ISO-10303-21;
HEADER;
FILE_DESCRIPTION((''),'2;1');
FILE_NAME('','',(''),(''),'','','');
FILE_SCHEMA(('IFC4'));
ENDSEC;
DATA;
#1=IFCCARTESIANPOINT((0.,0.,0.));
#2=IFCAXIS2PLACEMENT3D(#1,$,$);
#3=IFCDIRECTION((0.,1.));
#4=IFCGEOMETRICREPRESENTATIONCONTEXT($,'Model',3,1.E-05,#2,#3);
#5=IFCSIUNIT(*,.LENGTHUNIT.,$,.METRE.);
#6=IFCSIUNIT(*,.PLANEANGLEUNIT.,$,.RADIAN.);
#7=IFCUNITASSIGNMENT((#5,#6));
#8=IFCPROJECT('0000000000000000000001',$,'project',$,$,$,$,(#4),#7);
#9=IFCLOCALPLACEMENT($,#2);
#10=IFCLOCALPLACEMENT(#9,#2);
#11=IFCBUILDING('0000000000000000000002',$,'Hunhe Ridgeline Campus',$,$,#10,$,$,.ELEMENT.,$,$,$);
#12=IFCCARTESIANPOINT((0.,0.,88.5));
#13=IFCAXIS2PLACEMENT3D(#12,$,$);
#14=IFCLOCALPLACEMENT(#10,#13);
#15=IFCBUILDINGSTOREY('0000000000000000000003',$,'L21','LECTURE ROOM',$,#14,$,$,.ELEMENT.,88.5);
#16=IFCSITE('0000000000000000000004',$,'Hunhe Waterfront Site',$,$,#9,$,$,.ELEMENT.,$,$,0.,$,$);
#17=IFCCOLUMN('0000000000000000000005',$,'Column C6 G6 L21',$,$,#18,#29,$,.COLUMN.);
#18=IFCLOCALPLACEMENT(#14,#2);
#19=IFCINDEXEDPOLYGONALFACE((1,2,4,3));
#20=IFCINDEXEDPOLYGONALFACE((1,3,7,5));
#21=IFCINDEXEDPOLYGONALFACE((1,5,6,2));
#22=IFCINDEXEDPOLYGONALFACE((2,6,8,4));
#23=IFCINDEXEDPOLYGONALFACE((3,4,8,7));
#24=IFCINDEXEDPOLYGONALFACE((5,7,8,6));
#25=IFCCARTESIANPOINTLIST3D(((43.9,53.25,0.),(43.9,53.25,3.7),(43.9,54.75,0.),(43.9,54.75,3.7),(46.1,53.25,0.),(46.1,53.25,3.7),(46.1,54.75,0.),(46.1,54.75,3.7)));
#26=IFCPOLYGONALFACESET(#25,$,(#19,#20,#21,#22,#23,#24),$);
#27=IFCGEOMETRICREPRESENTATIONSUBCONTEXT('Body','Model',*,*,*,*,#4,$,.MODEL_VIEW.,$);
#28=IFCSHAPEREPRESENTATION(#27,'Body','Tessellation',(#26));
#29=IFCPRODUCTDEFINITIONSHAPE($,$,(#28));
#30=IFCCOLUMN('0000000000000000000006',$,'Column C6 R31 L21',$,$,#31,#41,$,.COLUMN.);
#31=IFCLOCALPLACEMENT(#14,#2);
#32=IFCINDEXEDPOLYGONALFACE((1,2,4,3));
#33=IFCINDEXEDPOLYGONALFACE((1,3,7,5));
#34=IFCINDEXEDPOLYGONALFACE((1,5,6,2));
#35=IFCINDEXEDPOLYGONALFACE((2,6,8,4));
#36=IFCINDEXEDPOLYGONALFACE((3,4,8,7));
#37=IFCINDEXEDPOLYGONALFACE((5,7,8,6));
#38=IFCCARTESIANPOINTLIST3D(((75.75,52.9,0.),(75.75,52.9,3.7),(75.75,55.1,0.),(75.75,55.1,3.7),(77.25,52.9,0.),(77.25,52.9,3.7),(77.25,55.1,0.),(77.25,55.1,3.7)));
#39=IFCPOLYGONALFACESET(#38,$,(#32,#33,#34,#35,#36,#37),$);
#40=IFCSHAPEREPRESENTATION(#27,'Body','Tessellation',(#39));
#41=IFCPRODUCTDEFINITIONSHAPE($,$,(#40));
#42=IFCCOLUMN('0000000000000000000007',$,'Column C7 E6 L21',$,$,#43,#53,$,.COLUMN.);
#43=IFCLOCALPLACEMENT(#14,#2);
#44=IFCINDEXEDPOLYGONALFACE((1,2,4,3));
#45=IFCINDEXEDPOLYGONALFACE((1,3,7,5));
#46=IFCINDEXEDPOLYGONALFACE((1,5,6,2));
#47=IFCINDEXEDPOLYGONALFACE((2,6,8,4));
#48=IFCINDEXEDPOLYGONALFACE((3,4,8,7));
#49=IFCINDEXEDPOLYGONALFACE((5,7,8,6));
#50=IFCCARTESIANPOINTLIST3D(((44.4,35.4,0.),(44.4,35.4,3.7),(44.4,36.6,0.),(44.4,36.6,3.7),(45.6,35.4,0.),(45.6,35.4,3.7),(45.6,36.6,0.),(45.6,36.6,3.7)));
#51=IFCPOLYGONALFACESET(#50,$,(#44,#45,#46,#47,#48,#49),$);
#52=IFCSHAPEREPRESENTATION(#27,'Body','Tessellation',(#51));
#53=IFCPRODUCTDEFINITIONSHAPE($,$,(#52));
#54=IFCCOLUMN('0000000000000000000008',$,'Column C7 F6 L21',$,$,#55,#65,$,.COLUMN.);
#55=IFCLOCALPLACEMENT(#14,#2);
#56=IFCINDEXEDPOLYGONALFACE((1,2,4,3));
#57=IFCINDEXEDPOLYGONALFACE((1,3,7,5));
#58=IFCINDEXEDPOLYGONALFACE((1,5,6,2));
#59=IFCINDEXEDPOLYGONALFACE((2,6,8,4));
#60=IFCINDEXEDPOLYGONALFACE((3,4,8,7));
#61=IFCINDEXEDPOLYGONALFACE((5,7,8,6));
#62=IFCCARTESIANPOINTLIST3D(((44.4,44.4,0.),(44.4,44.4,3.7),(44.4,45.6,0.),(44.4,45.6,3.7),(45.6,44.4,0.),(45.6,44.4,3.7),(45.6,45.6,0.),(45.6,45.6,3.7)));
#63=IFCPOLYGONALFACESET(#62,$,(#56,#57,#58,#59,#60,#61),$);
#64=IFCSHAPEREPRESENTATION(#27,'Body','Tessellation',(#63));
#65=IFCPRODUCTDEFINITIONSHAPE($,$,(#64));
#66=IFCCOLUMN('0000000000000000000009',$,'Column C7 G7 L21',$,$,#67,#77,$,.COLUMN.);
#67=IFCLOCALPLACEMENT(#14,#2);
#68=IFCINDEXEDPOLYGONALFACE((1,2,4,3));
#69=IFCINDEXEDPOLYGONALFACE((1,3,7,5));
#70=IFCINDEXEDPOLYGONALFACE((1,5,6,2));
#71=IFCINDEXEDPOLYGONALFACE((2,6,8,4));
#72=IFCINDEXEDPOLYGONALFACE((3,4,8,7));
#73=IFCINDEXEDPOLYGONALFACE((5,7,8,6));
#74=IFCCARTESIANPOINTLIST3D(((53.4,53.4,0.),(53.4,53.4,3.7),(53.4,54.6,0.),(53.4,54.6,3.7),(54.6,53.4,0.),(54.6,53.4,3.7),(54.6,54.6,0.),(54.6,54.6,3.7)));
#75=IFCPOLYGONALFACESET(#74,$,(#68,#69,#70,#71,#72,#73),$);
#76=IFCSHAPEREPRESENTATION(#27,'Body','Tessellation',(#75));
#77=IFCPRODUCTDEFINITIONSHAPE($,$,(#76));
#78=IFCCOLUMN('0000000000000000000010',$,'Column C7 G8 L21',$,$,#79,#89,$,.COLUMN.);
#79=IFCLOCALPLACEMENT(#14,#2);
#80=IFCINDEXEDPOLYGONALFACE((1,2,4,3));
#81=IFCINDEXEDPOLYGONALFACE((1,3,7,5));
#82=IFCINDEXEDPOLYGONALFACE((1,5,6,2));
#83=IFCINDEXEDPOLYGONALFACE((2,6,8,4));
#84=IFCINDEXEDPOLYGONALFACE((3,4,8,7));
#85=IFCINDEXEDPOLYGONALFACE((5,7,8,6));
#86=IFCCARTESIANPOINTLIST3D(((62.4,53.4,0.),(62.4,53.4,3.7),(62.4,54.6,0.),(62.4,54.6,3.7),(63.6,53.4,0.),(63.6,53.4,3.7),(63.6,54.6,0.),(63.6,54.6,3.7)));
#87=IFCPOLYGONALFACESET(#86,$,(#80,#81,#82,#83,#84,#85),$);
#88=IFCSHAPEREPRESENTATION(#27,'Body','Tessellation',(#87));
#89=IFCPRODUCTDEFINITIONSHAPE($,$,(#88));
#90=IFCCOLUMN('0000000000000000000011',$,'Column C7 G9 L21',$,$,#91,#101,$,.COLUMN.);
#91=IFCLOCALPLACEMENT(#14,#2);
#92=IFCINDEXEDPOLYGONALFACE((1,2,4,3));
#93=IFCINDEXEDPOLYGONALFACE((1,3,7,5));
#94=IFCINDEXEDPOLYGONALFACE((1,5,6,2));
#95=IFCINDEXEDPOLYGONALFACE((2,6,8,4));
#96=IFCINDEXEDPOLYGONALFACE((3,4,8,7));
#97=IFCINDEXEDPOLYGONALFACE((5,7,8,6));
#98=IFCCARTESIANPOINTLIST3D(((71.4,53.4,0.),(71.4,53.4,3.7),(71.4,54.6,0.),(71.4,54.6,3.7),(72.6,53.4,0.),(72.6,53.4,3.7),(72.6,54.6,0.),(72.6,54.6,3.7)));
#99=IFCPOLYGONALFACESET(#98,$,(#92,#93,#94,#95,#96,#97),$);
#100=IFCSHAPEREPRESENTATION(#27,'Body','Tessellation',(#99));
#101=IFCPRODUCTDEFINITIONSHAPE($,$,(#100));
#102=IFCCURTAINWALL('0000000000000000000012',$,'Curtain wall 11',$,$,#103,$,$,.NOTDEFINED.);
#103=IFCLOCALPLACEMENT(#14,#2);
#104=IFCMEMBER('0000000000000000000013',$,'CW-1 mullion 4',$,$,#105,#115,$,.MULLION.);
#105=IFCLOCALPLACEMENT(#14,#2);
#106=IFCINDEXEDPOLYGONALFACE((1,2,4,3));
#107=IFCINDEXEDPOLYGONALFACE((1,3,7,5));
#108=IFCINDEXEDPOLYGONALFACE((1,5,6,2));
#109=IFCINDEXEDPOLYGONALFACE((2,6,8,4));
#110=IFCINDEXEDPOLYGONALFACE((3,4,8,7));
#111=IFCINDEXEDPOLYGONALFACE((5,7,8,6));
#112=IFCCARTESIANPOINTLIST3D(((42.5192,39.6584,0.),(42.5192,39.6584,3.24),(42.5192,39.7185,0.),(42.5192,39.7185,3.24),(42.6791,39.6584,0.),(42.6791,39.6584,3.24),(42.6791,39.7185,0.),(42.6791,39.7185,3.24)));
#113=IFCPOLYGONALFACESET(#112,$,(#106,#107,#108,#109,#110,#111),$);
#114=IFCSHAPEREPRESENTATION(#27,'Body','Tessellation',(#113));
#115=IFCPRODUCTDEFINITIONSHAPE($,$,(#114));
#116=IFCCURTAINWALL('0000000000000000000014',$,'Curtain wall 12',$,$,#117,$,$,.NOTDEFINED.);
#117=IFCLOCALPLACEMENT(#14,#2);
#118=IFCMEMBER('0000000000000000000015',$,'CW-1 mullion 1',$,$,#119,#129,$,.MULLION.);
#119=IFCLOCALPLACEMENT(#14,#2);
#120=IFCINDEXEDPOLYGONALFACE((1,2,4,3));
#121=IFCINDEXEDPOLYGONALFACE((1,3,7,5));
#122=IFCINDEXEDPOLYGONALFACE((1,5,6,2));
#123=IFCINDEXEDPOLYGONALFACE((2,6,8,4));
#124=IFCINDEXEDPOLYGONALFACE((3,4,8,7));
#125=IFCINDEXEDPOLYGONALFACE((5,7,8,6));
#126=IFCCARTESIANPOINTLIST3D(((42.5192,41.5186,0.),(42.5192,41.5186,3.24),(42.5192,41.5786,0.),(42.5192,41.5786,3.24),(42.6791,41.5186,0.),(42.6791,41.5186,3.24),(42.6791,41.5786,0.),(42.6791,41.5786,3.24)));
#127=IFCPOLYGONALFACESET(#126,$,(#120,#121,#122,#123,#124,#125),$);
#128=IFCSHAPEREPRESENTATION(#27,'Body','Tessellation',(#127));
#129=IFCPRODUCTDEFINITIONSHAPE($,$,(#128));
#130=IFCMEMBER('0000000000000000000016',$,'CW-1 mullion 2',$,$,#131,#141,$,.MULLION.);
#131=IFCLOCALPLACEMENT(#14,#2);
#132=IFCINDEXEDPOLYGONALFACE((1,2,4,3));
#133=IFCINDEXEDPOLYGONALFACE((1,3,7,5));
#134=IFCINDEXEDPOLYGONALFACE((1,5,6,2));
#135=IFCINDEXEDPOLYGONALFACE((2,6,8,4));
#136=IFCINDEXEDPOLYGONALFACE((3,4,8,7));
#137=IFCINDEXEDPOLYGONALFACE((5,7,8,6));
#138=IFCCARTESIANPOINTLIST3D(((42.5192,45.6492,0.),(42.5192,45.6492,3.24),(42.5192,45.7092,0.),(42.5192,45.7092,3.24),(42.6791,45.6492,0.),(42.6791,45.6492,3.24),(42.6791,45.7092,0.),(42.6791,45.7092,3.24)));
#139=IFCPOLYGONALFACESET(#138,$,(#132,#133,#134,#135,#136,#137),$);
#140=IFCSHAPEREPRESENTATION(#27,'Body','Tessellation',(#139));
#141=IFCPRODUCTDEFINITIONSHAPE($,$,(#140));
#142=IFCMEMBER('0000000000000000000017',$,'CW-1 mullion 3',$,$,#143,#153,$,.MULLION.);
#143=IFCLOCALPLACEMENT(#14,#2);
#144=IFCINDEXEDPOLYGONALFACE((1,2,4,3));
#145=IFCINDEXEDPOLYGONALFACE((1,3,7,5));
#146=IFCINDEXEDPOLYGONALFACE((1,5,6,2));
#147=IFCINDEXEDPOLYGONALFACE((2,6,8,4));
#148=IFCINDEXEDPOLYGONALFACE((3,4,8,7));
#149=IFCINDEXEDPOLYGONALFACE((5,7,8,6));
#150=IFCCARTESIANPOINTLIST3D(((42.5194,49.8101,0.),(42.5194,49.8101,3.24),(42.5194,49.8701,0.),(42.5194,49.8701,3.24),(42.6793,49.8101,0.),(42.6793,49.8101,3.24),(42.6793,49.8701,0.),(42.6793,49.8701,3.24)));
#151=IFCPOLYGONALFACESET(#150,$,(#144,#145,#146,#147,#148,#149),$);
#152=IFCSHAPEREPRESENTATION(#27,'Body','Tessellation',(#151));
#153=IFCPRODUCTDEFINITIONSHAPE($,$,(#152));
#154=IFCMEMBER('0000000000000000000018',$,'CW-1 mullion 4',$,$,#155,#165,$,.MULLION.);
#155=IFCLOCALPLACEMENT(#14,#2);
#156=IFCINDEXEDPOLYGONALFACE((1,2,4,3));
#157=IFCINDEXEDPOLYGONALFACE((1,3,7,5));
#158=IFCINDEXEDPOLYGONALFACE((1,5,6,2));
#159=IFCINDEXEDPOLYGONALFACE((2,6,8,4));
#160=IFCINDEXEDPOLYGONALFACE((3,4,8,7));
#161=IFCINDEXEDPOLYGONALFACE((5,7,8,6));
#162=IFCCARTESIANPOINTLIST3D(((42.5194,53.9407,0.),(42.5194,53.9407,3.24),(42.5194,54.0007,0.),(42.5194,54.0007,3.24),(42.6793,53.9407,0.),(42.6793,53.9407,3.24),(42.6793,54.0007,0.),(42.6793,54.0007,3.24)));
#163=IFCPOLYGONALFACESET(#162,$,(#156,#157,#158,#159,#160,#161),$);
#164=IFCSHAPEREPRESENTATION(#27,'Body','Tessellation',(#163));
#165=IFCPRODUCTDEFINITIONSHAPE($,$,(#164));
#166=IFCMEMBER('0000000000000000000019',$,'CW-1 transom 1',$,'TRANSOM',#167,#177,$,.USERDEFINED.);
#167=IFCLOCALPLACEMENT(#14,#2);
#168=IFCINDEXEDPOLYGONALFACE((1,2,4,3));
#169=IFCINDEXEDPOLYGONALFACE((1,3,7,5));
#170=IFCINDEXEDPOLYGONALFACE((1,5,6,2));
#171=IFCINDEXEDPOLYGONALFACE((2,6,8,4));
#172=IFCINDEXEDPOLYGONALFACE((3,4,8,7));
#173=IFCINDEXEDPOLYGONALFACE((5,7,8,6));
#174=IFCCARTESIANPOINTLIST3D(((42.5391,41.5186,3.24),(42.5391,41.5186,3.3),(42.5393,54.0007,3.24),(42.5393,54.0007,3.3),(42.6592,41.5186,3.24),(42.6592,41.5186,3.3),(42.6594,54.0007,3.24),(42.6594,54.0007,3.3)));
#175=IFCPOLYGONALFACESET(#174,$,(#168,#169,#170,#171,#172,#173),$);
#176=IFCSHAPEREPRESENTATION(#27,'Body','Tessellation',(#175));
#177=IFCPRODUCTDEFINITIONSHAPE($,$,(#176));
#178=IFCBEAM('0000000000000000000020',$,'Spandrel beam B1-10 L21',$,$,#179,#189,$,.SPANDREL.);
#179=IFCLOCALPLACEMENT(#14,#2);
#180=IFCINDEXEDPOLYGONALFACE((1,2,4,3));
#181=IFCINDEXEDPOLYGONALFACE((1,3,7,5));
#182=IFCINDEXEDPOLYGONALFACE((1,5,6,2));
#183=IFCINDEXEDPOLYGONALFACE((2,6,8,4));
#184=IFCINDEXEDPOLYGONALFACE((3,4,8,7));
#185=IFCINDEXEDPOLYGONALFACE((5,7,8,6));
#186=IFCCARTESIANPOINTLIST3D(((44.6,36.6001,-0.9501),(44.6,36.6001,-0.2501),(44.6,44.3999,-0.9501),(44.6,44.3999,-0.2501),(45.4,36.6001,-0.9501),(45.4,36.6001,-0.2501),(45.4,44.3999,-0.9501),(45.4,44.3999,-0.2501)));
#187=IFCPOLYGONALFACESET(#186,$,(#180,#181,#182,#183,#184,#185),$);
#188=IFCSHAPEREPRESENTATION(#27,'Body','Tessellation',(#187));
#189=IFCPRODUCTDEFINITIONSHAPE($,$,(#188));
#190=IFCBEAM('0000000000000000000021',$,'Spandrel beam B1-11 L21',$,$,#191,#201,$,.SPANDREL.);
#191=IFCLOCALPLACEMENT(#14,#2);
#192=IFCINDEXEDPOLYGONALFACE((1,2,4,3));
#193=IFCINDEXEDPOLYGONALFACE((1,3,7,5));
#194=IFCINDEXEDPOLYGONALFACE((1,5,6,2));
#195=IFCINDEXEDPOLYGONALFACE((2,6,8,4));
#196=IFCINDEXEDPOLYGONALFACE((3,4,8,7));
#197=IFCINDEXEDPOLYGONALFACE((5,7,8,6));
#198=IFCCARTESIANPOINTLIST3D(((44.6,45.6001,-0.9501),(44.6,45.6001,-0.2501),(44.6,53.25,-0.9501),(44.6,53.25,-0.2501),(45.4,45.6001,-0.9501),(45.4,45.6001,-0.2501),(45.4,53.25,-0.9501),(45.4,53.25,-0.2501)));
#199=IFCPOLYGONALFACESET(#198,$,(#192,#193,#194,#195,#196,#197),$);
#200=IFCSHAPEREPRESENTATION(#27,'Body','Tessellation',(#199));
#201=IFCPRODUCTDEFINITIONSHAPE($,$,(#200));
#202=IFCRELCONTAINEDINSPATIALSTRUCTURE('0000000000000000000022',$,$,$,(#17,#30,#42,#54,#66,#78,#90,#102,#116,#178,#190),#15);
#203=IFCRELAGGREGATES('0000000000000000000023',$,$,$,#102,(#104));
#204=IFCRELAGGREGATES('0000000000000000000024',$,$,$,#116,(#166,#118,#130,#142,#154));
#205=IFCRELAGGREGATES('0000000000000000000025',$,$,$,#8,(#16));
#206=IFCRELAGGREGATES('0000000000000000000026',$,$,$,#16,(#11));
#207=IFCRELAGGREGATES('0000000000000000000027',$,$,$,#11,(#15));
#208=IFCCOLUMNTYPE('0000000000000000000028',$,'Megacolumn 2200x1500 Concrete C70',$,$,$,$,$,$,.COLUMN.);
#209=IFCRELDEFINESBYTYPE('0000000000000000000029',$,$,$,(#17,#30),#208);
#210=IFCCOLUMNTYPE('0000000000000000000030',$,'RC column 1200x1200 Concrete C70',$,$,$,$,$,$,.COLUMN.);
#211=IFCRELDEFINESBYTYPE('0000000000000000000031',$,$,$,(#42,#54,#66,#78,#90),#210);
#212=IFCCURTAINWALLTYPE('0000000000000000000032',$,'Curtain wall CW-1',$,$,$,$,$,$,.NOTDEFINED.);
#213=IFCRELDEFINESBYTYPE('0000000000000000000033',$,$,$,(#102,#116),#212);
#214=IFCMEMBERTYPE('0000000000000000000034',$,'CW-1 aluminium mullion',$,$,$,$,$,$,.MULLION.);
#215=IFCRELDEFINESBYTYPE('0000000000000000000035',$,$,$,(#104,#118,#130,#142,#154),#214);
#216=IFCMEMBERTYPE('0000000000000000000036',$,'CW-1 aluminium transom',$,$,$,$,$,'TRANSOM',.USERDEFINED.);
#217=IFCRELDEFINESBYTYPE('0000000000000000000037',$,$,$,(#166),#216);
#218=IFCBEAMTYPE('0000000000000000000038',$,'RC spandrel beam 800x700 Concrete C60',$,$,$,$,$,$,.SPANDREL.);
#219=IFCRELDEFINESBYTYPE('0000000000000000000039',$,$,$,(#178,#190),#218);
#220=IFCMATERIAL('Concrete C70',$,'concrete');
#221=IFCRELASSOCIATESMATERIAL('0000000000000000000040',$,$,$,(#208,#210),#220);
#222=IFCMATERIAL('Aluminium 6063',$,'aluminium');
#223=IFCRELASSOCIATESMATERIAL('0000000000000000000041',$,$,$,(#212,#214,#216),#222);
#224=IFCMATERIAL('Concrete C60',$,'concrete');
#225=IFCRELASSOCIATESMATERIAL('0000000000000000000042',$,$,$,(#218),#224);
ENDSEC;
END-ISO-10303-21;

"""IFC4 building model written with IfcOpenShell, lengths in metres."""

from ifc_helpers import new_model, si_unit, direction, frame, origin, origin_2d, place, context, subcontext, project, spatial, rectangle, extrude, material, material_profile, profile_set, type_object, element, aggregate, save


model = new_model("IFC4")

# Units and contexts
model_context = context("Model", 3, precision=1e-05, world=origin(), true_north=direction((0.0, 1.0)))
body_context = subcontext(model_context, "Body", "Model", "MODEL_VIEW")
ifc_project = project(units=[si_unit("LENGTHUNIT", "METRE"), si_unit("PLANEANGLEUNIT", "RADIAN")], contexts=[model_context])

# Site, building, storey
site_placement = place(None, origin())
site = spatial("IfcSite", under=ifc_project, at=site_placement, Name="Hunhe Waterfront Site", CompositionType="ELEMENT", RefElevation=0.0)
building_placement = place(site_placement, origin())
building = spatial("IfcBuilding", under=site, at=building_placement, Name="Hunhe Ridgeline Campus", CompositionType="ELEMENT")
storey_placement = place(building_placement, frame((0.0, 0.0, 88.5)))
storey = spatial("IfcBuildingStorey", under=building, at=storey_placement, Name="L21", Description="LECTURE ROOM", CompositionType="ELEMENT", Elevation=88.5)

# Columns
ifc_material_1 = material(Name="Concrete C70", Category="concrete")
ifc_material_profile_1 = material_profile(ifc_material_1, rectangle(XDim=2.2, YDim=1.5, at=origin_2d()))
ifc_profile_set_1 = profile_set([ifc_material_profile_1], Name="Concrete C70")
column_type_1 = type_object("IfcColumnType", Name="Megacolumn 2200x1500 Concrete C70", PredefinedType="COLUMN", material=ifc_profile_set_1)
for number, where, z_axis, x_axis, name in (
    (1, (45.0, 54.0, 0.0), (0.0, 0.0, 1.0), (1.0, 0.0, 0.0), "Column C6 G6 L21"),
    (2, (76.5, 54.0, 0.0), (0.0, 0.0, 1.0), (0.0, 1.0, 0.0), "Column C6 R31 L21"),
):
    element("IfcColumn", number, at=place(storey_placement, frame(where, z_axis=z_axis, x_axis=x_axis)), inside=storey, type_object=column_type_1, Name=name, PredefinedType="COLUMN", context=body_context, shape_type="SweptSolid", body=[
        extrude(rectangle(XDim=2.2, YDim=1.5, at=origin_2d()), origin(), (0.0, 0.0, 1.0), 3.7),
    ])
ifc_material_profile_2 = material_profile(ifc_material_1, rectangle(XDim=1.2, YDim=1.2, at=origin_2d()))
ifc_profile_set_2 = profile_set([ifc_material_profile_2], Name="Concrete C70")
column_type_2 = type_object("IfcColumnType", Name="RC column 1200x1200 Concrete C70", PredefinedType="COLUMN", material=ifc_profile_set_2)
for number, where, z_axis, x_axis, name in (
    (3, (45.0, 36.0, 0.0), (0.0, 0.0, 1.0), (1.0, 0.0, 0.0), "Column C7 E6 L21"),
    (4, (45.0, 45.0, 0.0), (0.0, 0.0, 1.0), (1.0, 0.0, 0.0), "Column C7 F6 L21"),
    (5, (54.0, 54.0, 0.0), (0.0, 0.0, 1.0), (1.0, 0.0, 0.0), "Column C7 G7 L21"),
    (6, (63.0, 54.0, 0.0), (0.0, 0.0, 1.0), (1.0, 0.0, 0.0), "Column C7 G8 L21"),
    (7, (72.0, 54.0, 0.0), (0.0, 0.0, 1.0), (1.0, 0.0, 0.0), "Column C7 G9 L21"),
):
    element("IfcColumn", number, at=place(storey_placement, frame(where, z_axis=z_axis, x_axis=x_axis)), inside=storey, type_object=column_type_2, Name=name, PredefinedType="COLUMN", context=body_context, shape_type="SweptSolid", body=[
        extrude(rectangle(XDim=1.2, YDim=1.2, at=origin_2d()), origin(), (0.0, 0.0, 1.0), 3.7),
    ])

# Curtain wall, member
ifc_material_2 = material(Name="Aluminium 6063", Category="aluminium")
curtain_wall_type = type_object("IfcCurtainWallType", Name="Curtain wall CW-1", PredefinedType="NOTDEFINED", material=ifc_material_2)
curtain_wall_1_placement = place(storey_placement, origin())
curtain_wall_1 = element("IfcCurtainWall", 8, at=curtain_wall_1_placement, inside=storey, type_object=curtain_wall_type, Name="Curtain wall 11", PredefinedType="NOTDEFINED")
ifc_material_profile_3 = material_profile(ifc_material_2, rectangle(XDim=0.1599, YDim=0.0601, at=origin_2d()))
ifc_profile_set_3 = profile_set([ifc_material_profile_3], Name="Aluminium 6063")
member_type_1 = type_object("IfcMemberType", Name="CW-1 aluminium mullion", PredefinedType="MULLION", material=ifc_profile_set_3)
member_1_placement = place(storey_placement, frame((42.5991, 39.6885, 0.0), z_axis=(0.0, 0.0, 1.0), x_axis=(-1.0, 0.000011, 0.0)))
member_1 = element("IfcMember", 9, at=member_1_placement, type_object=member_type_1, Name="CW-1 mullion 4", PredefinedType="MULLION", context=body_context, shape_type="SweptSolid", body=[
    extrude(rectangle(XDim=0.1599, YDim=0.0601, at=origin_2d()), origin(), (0.0, 0.0, 1.0), 3.24),
])

# Curtain wall, members
curtain_wall_2_placement = place(storey_placement, origin())
curtain_wall_2 = element("IfcCurtainWall", 10, at=curtain_wall_2_placement, inside=storey, type_object=curtain_wall_type, Name="Curtain wall 12", PredefinedType="NOTDEFINED")
member_2_placement = place(storey_placement, frame((42.5991, 41.5486, 0.0), z_axis=(0.0, 0.0, 1.0), x_axis=(-1.0, 0.000011, 0.0)))
member_2 = element("IfcMember", 11, at=member_2_placement, type_object=member_type_1, Name="CW-1 mullion 1", PredefinedType="MULLION", context=body_context, shape_type="SweptSolid", body=[
    extrude(rectangle(XDim=0.1599, YDim=0.0601, at=origin_2d()), origin(), (0.0, 0.0, 1.0), 3.24),
])
member_3_placement = place(storey_placement, frame((42.5991, 45.6792, 0.0), z_axis=(0.0, 0.0, 1.0), x_axis=(-1.0, 0.000011, 0.0)))
member_3 = element("IfcMember", 12, at=member_3_placement, type_object=member_type_1, Name="CW-1 mullion 2", PredefinedType="MULLION", context=body_context, shape_type="SweptSolid", body=[
    extrude(rectangle(XDim=0.1599, YDim=0.0601, at=origin_2d()), origin(), (0.0, 0.0, 1.0), 3.24),
])
member_4_placement = place(storey_placement, frame((42.5994, 49.8401, 0.0), z_axis=(0.0, 0.0, 1.0), x_axis=(-1.0, 0.000011, 0.0)))
member_4 = element("IfcMember", 13, at=member_4_placement, type_object=member_type_1, Name="CW-1 mullion 3", PredefinedType="MULLION", context=body_context, shape_type="SweptSolid", body=[
    extrude(rectangle(XDim=0.1599, YDim=0.0601, at=origin_2d()), origin(), (0.0, 0.0, 1.0), 3.24),
])
member_5_placement = place(storey_placement, frame((42.5994, 53.9707, 0.0), z_axis=(0.0, 0.0, 1.0), x_axis=(-1.0, 0.000011, 0.0)))
member_5 = element("IfcMember", 14, at=member_5_placement, type_object=member_type_1, Name="CW-1 mullion 4", PredefinedType="MULLION", context=body_context, shape_type="SweptSolid", body=[
    extrude(rectangle(XDim=0.1599, YDim=0.0601, at=origin_2d()), origin(), (0.0, 0.0, 1.0), 3.24),
])
ifc_material_profile_4 = material_profile(ifc_material_2, rectangle(XDim=0.1201, YDim=0.0601, at=origin_2d()))
ifc_profile_set_4 = profile_set([ifc_material_profile_4], Name="Aluminium 6063")
member_type_2 = type_object("IfcMemberType", Name="CW-1 aluminium transom", ElementType="TRANSOM", PredefinedType="USERDEFINED", material=ifc_profile_set_4)
member_6_placement = place(storey_placement, frame((42.5991, 41.5186, 3.27), z_axis=(0.00002, 1.0, 0.0), x_axis=(-1.0, 0.00002, 0.0)))
member_6 = element("IfcMember", 15, at=member_6_placement, type_object=member_type_2, Name="CW-1 transom 1", ObjectType="TRANSOM", PredefinedType="USERDEFINED", context=body_context, shape_type="SweptSolid", body=[
    extrude(rectangle(XDim=0.1201, YDim=0.0601, at=origin_2d()), origin(), (0.0, 0.0, 1.0), 12.4822),
])

# Beams
ifc_material_3 = material(Name="Concrete C60", Category="concrete")
ifc_material_profile_5 = material_profile(ifc_material_3, rectangle(XDim=0.8, YDim=0.7, at=origin_2d()))
ifc_profile_set_5 = profile_set([ifc_material_profile_5], Name="Concrete C60")
beam_type = type_object("IfcBeamType", Name="RC spandrel beam 800x700 Concrete C60", PredefinedType="SPANDREL", material=ifc_profile_set_5)
beam_1_placement = place(storey_placement, frame((45.0, 36.6001, -0.6001), z_axis=(0.0, 1.0, 0.0), x_axis=(-1.0, 0.0, 0.0)))
element("IfcBeam", 16, at=beam_1_placement, inside=storey, type_object=beam_type, Name="Spandrel beam B1-10 L21", PredefinedType="SPANDREL", context=body_context, shape_type="SweptSolid", body=[
    extrude(rectangle(XDim=0.8, YDim=0.7, at=origin_2d()), origin(), (0.0, 0.0, 1.0), 7.7998),
])
beam_2_placement = place(storey_placement, frame((45.0, 45.6001, -0.6001), z_axis=(0.0, 1.0, 0.0), x_axis=(-1.0, 0.0, 0.0)))
element("IfcBeam", 17, at=beam_2_placement, inside=storey, type_object=beam_type, Name="Spandrel beam B1-11 L21", PredefinedType="SPANDREL", context=body_context, shape_type="SweptSolid", body=[
    extrude(rectangle(XDim=0.8, YDim=0.7, at=origin_2d()), origin(), (0.0, 0.0, 1.0), 7.6499),
])

aggregate(curtain_wall_1, [member_1])
aggregate(curtain_wall_2, [member_6, member_2, member_3, member_4, member_5])

save(model, "model.ifc")
